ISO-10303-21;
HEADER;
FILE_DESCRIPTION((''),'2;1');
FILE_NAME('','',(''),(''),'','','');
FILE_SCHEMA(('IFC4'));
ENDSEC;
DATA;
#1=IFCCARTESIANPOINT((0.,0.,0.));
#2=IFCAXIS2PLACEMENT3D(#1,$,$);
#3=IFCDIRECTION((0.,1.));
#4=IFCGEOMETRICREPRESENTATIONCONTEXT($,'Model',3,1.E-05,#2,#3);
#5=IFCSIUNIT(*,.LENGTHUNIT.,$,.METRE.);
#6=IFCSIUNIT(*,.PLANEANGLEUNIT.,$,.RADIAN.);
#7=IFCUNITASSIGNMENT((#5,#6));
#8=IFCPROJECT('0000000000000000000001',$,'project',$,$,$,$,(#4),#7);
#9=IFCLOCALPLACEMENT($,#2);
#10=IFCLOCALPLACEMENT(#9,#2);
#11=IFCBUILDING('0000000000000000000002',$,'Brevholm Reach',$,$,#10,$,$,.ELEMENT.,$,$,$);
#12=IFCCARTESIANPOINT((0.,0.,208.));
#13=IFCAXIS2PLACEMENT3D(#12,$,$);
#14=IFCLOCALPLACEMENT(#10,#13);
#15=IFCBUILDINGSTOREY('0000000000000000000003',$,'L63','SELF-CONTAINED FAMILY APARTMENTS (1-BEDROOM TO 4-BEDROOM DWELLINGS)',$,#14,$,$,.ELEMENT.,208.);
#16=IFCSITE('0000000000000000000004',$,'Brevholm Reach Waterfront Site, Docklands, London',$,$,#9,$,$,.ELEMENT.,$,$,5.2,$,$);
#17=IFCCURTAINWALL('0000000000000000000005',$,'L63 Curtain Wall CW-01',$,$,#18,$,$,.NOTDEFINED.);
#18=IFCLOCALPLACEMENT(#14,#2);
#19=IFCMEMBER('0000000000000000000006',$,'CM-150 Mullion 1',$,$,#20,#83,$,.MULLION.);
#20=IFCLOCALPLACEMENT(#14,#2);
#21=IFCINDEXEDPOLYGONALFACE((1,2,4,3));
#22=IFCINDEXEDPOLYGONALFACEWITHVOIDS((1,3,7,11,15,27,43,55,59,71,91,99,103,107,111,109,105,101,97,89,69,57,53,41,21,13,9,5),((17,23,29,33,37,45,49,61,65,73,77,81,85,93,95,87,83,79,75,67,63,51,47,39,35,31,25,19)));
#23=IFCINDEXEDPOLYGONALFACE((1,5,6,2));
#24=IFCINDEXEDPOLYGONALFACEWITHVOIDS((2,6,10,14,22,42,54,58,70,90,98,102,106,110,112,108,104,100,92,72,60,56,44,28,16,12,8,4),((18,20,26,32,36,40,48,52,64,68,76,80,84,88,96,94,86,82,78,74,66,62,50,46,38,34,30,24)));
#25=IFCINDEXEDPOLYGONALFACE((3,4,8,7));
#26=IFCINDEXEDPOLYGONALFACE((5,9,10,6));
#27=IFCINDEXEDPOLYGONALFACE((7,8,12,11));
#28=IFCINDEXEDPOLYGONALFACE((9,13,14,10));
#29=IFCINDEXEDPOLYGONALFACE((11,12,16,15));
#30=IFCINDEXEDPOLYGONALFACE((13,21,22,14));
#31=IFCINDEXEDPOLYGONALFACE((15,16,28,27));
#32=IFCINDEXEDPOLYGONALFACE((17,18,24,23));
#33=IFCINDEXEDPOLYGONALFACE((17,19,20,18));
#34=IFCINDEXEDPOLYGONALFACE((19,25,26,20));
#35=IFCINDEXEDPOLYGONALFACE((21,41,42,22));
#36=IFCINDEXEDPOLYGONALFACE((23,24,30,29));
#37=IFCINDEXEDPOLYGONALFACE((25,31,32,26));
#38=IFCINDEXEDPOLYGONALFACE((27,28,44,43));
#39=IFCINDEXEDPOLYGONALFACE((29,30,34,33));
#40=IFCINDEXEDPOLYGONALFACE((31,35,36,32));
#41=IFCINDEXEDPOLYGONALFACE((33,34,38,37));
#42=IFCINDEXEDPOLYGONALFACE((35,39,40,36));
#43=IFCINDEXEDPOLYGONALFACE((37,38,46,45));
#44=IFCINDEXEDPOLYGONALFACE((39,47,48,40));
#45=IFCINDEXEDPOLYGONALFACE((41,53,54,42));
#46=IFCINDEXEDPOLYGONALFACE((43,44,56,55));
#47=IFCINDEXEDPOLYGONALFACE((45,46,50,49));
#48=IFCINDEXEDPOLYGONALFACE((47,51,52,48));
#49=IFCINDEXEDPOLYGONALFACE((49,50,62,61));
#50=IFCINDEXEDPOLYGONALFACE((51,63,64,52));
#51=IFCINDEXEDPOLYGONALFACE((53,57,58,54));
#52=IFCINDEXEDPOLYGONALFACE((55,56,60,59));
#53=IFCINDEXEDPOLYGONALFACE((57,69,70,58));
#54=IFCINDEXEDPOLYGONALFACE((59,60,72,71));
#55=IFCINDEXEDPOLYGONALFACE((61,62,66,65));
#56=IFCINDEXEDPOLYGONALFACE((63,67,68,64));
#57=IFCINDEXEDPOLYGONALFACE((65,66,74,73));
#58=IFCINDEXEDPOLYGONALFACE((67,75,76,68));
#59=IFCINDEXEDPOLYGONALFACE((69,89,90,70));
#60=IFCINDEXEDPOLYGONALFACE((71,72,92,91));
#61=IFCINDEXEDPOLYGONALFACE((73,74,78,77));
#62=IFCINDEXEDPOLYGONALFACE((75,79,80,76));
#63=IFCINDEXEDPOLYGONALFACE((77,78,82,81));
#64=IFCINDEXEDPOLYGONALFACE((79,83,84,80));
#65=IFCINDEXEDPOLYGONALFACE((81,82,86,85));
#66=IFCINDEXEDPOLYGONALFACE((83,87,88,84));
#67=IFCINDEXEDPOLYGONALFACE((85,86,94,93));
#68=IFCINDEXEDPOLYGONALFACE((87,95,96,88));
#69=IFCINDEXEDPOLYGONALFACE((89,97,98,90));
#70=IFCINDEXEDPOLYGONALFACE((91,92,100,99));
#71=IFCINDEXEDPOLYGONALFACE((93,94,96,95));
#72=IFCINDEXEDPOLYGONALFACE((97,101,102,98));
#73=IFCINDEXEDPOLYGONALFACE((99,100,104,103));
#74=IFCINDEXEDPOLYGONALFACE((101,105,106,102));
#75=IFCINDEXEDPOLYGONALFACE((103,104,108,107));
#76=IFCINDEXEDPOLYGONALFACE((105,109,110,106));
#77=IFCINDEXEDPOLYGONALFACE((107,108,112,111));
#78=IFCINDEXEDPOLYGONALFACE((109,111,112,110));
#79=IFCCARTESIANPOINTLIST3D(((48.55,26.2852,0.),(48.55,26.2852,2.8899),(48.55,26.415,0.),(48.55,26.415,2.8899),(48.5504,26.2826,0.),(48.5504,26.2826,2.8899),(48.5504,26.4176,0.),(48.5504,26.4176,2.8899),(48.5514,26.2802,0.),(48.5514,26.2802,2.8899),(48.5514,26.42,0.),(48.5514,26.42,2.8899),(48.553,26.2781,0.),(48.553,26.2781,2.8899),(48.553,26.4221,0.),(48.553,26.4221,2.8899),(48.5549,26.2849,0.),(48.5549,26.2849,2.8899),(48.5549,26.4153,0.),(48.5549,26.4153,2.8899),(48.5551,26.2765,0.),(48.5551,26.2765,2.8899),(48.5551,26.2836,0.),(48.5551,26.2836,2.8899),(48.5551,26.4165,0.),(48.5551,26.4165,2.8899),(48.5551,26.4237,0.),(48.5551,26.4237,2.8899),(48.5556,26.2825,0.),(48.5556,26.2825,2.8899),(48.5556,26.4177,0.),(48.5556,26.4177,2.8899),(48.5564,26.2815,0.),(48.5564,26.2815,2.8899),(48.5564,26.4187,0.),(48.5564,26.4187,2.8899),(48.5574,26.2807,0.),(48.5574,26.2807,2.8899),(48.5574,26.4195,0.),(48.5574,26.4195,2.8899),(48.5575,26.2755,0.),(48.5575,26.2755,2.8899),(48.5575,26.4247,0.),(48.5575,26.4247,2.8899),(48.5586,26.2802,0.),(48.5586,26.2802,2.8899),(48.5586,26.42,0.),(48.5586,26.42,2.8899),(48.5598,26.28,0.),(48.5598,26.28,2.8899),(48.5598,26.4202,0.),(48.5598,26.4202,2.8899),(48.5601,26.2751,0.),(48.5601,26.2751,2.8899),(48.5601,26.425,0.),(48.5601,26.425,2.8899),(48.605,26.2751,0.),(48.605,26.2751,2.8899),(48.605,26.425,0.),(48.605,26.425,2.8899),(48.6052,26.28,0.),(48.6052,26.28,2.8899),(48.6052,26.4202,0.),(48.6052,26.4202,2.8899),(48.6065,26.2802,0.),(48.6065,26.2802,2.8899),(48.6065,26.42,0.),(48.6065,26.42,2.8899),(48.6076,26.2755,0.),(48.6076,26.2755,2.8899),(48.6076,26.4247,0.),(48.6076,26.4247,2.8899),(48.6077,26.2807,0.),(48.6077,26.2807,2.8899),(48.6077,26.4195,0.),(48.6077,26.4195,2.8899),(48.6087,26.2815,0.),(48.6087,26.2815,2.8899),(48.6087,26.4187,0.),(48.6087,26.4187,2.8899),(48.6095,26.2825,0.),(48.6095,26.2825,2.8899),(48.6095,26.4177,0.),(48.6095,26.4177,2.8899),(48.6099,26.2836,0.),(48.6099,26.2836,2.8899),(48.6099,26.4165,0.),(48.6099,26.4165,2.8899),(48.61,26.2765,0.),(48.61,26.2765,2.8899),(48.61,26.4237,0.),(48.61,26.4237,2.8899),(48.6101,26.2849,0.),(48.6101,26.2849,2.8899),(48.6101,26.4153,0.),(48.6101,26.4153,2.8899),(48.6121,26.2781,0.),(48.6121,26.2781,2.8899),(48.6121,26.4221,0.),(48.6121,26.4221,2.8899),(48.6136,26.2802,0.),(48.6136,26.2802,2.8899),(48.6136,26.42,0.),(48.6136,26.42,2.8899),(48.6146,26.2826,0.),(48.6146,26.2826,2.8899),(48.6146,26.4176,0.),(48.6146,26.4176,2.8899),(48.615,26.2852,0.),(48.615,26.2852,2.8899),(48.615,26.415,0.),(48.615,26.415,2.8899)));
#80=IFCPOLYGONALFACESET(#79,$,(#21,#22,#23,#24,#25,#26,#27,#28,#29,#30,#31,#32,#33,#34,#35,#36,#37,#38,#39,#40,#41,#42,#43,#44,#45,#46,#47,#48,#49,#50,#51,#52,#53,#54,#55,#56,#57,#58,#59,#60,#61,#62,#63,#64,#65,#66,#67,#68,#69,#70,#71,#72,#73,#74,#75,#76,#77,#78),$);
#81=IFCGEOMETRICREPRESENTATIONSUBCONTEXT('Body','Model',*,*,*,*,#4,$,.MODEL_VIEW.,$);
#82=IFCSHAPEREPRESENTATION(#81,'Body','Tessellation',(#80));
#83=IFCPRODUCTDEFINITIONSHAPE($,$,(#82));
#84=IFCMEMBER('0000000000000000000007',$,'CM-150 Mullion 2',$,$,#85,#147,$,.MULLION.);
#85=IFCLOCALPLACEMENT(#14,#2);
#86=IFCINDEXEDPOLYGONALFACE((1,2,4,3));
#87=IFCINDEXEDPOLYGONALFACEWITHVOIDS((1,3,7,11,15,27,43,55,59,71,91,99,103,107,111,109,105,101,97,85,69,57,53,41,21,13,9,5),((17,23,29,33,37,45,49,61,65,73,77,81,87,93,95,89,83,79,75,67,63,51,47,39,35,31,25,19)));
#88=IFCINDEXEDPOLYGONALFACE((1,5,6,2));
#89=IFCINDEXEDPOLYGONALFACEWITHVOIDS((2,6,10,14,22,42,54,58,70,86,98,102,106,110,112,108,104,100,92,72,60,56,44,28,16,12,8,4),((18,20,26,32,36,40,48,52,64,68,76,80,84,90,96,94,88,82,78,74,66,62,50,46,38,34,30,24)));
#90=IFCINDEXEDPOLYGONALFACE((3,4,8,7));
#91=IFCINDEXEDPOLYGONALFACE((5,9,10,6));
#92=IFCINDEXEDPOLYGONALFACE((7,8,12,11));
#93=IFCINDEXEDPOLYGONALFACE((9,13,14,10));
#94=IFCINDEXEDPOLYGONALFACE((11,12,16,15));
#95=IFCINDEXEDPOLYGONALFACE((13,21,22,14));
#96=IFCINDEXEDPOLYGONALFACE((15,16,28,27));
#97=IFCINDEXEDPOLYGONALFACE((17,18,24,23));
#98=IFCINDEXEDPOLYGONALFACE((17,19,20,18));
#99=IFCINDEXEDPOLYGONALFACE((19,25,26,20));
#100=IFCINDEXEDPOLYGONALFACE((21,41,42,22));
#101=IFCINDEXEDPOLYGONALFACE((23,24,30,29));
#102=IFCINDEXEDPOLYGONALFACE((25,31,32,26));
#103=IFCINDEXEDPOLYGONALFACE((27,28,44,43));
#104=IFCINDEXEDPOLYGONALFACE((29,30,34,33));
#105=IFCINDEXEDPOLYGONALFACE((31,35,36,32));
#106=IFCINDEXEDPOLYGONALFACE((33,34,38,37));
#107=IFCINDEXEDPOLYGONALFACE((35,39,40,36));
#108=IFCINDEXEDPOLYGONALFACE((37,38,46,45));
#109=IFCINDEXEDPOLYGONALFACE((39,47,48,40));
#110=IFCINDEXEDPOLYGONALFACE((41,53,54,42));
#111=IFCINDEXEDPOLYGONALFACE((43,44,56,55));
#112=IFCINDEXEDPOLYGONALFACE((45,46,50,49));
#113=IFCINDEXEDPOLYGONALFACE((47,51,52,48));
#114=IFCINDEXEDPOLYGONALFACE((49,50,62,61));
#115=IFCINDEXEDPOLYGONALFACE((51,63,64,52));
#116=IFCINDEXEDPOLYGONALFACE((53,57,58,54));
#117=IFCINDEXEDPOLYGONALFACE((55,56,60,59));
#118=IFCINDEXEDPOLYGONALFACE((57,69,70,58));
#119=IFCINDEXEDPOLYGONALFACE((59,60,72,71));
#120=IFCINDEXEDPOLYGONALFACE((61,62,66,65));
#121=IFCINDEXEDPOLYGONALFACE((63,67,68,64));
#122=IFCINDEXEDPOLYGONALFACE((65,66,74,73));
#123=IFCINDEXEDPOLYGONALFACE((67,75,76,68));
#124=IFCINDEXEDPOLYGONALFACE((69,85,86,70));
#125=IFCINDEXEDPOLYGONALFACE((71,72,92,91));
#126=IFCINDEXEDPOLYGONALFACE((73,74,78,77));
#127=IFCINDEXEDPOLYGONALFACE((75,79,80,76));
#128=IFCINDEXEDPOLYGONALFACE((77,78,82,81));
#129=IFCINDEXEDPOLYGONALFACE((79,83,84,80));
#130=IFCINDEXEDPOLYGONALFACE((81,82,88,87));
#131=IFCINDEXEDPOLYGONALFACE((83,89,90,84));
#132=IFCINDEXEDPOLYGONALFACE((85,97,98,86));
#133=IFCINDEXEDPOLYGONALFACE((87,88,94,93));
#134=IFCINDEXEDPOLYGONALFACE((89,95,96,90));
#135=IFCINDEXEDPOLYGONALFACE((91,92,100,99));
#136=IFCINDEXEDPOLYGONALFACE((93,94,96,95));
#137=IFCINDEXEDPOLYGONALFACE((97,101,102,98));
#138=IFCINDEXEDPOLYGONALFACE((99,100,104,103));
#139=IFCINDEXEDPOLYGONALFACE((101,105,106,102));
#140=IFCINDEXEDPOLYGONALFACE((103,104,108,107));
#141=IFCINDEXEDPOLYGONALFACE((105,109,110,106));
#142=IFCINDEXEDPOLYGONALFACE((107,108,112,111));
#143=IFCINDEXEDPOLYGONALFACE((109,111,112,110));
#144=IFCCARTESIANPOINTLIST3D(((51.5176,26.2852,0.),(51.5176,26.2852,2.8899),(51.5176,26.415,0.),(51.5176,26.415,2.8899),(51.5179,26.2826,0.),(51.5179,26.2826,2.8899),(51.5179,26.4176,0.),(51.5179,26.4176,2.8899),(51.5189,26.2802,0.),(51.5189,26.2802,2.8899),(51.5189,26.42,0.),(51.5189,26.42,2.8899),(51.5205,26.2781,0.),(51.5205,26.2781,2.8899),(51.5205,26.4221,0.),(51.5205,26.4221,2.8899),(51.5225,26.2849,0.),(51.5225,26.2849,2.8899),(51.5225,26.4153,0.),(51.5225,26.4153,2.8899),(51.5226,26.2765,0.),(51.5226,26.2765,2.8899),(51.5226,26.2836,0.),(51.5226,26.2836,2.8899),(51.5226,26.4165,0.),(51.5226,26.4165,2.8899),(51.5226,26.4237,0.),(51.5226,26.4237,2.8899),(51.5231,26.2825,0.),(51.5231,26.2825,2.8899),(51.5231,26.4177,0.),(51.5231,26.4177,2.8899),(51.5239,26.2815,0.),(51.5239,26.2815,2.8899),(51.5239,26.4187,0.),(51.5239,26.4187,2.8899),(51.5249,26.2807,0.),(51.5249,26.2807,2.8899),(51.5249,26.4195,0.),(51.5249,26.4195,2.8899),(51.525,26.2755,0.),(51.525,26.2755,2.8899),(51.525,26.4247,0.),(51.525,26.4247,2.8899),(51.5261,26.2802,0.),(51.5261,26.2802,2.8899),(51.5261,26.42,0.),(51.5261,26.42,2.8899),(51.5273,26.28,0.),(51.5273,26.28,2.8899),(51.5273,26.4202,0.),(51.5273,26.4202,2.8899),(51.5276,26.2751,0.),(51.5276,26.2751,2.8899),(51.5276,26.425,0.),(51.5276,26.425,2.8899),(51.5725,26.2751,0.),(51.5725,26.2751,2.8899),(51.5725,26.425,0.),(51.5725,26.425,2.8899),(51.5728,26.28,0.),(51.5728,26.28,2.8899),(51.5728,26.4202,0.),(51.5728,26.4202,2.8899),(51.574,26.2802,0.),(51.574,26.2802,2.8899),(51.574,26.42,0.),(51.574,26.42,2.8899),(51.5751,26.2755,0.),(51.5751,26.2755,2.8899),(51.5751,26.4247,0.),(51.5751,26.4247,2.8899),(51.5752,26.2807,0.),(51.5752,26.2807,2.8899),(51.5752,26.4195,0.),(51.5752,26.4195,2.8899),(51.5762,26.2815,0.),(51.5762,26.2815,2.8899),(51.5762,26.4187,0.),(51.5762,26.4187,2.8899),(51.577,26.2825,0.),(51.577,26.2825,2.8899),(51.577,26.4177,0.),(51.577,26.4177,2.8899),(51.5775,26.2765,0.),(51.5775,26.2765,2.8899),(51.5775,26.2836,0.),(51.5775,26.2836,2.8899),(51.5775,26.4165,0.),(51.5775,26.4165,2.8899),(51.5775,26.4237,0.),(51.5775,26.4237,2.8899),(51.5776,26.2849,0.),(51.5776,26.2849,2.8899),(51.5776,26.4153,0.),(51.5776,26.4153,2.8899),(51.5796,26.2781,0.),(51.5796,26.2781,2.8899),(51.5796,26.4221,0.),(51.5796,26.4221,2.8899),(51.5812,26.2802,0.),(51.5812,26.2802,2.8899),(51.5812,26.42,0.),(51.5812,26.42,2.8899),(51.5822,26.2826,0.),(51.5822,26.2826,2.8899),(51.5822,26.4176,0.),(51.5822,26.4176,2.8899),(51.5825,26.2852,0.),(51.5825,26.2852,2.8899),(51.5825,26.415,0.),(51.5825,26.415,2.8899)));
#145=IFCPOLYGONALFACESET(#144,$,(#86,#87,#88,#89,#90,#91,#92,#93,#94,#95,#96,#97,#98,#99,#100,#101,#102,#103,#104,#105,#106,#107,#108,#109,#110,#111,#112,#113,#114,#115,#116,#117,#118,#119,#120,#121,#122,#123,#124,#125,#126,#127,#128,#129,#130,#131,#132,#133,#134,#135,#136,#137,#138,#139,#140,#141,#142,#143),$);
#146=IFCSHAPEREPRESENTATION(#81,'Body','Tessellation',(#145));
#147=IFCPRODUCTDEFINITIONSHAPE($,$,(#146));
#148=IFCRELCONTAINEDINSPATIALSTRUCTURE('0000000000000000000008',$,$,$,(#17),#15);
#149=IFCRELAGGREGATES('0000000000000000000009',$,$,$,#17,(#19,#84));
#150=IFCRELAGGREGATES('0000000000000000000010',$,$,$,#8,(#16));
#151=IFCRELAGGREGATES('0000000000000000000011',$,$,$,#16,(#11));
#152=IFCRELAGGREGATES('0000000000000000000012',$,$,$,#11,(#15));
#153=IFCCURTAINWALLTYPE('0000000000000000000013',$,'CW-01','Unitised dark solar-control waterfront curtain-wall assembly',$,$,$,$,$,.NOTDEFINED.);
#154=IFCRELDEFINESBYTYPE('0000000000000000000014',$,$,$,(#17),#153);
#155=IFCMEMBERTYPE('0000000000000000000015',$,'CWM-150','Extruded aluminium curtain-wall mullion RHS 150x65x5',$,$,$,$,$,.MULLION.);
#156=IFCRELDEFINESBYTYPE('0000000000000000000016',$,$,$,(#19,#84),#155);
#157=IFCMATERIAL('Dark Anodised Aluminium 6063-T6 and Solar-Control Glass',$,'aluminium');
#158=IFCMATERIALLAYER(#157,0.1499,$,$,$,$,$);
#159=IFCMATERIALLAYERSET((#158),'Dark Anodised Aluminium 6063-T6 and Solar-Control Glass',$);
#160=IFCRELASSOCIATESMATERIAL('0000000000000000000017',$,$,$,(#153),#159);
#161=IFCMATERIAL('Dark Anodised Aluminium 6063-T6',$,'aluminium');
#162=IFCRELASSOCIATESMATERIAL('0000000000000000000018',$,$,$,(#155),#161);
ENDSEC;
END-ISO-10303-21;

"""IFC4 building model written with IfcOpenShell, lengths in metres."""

from ifc_helpers import new_model, si_unit, direction, frame, origin, origin_2d, place, context, subcontext, project, spatial, hollow_rectangle, extrude, material, layer, layer_set, material_profile, profile_set, type_object, element, aggregate, save


model = new_model("IFC4")

# Units and contexts
model_context = context("Model", 3, precision=1e-05, world=origin(), true_north=direction((0.0, 1.0)))
body_context = subcontext(model_context, "Body", "Model", "MODEL_VIEW")
ifc_project = project(units=[si_unit("LENGTHUNIT", "METRE"), si_unit("PLANEANGLEUNIT", "RADIAN")], contexts=[model_context])

# Site, building, storey
site_placement = place(None, origin())
site = spatial("IfcSite", under=ifc_project, at=site_placement, Name="Brevholm Reach Waterfront Site, Docklands, London", CompositionType="ELEMENT", RefElevation=5.2)
building_placement = place(site_placement, origin())
building = spatial("IfcBuilding", under=site, at=building_placement, Name="Brevholm Reach", CompositionType="ELEMENT")
storey_placement = place(building_placement, frame((0.0, 0.0, 208.0)))
storey = spatial("IfcBuildingStorey", under=building, at=storey_placement, Name="L63", Description="SELF-CONTAINED FAMILY APARTMENTS (1-BEDROOM TO 4-BEDROOM DWELLINGS)", CompositionType="ELEMENT", Elevation=208.0)

# Curtain wall, members
ifc_material_1 = material(Name="Dark Anodised Aluminium 6063-T6 and Solar-Control Glass", Category="aluminium")
ifc_layer_1 = layer(ifc_material_1, 0.1499)
ifc_layer_set_1 = layer_set([ifc_layer_1], Name="Dark Anodised Aluminium 6063-T6 and Solar-Control Glass")
curtain_wall_type = type_object("IfcCurtainWallType", Name="CW-01", Description="Unitised dark solar-control waterfront curtain-wall assembly", PredefinedType="NOTDEFINED", material=ifc_layer_set_1)
curtain_wall_placement = place(storey_placement, origin())
curtain_wall = element("IfcCurtainWall", 1, at=curtain_wall_placement, inside=storey, type_object=curtain_wall_type, Name="L63 Curtain Wall CW-01", PredefinedType="NOTDEFINED")
ifc_material_2 = material(Name="Dark Anodised Aluminium 6063-T6", Category="aluminium")
ifc_material_profile_1 = material_profile(ifc_material_2, hollow_rectangle(XDim=0.0649, YDim=0.1499, WallThickness=0.0049, InnerFilletRadius=0.0049, OuterFilletRadius=0.01, at=origin_2d()), Name="RHS 150x65x5")
ifc_profile_set_1 = profile_set([ifc_material_profile_1], Name="Dark Anodised Aluminium 6063-T6")
member_type_1 = type_object("IfcMemberType", Name="CWM-150", Description="Extruded aluminium curtain-wall mullion RHS 150x65x5", PredefinedType="MULLION", material=ifc_profile_set_1)
member_1_placement = place(storey_placement, frame((48.5825, 26.3501, 0.0), z_axis=(0.0, 0.0, 1.0), x_axis=(1.0, 0.0, 0.0)))
member_1 = element("IfcMember", 2, at=member_1_placement, type_object=member_type_1, Name="CM-150 Mullion 1", PredefinedType="MULLION", context=body_context, shape_type="SweptSolid", body=[
    extrude(hollow_rectangle(XDim=0.0649, YDim=0.1499, WallThickness=0.0049, InnerFilletRadius=0.0049, OuterFilletRadius=0.01, at=origin_2d()), origin(), (0.0, 0.0, 1.0), 2.8899),
])
member_2_placement = place(storey_placement, frame((51.55, 26.3501, 0.0), z_axis=(0.0, 0.0, 1.0), x_axis=(1.0, 0.0, 0.0)))
member_2 = element("IfcMember", 3, at=member_2_placement, type_object=member_type_1, Name="CM-150 Mullion 2", PredefinedType="MULLION", context=body_context, shape_type="SweptSolid", body=[
    extrude(hollow_rectangle(XDim=0.0649, YDim=0.1499, WallThickness=0.0049, InnerFilletRadius=0.0049, OuterFilletRadius=0.01, at=origin_2d()), origin(), (0.0, 0.0, 1.0), 2.8899),
])
aggregate(curtain_wall, [member_1, member_2])

save(model, "model.ifc")
